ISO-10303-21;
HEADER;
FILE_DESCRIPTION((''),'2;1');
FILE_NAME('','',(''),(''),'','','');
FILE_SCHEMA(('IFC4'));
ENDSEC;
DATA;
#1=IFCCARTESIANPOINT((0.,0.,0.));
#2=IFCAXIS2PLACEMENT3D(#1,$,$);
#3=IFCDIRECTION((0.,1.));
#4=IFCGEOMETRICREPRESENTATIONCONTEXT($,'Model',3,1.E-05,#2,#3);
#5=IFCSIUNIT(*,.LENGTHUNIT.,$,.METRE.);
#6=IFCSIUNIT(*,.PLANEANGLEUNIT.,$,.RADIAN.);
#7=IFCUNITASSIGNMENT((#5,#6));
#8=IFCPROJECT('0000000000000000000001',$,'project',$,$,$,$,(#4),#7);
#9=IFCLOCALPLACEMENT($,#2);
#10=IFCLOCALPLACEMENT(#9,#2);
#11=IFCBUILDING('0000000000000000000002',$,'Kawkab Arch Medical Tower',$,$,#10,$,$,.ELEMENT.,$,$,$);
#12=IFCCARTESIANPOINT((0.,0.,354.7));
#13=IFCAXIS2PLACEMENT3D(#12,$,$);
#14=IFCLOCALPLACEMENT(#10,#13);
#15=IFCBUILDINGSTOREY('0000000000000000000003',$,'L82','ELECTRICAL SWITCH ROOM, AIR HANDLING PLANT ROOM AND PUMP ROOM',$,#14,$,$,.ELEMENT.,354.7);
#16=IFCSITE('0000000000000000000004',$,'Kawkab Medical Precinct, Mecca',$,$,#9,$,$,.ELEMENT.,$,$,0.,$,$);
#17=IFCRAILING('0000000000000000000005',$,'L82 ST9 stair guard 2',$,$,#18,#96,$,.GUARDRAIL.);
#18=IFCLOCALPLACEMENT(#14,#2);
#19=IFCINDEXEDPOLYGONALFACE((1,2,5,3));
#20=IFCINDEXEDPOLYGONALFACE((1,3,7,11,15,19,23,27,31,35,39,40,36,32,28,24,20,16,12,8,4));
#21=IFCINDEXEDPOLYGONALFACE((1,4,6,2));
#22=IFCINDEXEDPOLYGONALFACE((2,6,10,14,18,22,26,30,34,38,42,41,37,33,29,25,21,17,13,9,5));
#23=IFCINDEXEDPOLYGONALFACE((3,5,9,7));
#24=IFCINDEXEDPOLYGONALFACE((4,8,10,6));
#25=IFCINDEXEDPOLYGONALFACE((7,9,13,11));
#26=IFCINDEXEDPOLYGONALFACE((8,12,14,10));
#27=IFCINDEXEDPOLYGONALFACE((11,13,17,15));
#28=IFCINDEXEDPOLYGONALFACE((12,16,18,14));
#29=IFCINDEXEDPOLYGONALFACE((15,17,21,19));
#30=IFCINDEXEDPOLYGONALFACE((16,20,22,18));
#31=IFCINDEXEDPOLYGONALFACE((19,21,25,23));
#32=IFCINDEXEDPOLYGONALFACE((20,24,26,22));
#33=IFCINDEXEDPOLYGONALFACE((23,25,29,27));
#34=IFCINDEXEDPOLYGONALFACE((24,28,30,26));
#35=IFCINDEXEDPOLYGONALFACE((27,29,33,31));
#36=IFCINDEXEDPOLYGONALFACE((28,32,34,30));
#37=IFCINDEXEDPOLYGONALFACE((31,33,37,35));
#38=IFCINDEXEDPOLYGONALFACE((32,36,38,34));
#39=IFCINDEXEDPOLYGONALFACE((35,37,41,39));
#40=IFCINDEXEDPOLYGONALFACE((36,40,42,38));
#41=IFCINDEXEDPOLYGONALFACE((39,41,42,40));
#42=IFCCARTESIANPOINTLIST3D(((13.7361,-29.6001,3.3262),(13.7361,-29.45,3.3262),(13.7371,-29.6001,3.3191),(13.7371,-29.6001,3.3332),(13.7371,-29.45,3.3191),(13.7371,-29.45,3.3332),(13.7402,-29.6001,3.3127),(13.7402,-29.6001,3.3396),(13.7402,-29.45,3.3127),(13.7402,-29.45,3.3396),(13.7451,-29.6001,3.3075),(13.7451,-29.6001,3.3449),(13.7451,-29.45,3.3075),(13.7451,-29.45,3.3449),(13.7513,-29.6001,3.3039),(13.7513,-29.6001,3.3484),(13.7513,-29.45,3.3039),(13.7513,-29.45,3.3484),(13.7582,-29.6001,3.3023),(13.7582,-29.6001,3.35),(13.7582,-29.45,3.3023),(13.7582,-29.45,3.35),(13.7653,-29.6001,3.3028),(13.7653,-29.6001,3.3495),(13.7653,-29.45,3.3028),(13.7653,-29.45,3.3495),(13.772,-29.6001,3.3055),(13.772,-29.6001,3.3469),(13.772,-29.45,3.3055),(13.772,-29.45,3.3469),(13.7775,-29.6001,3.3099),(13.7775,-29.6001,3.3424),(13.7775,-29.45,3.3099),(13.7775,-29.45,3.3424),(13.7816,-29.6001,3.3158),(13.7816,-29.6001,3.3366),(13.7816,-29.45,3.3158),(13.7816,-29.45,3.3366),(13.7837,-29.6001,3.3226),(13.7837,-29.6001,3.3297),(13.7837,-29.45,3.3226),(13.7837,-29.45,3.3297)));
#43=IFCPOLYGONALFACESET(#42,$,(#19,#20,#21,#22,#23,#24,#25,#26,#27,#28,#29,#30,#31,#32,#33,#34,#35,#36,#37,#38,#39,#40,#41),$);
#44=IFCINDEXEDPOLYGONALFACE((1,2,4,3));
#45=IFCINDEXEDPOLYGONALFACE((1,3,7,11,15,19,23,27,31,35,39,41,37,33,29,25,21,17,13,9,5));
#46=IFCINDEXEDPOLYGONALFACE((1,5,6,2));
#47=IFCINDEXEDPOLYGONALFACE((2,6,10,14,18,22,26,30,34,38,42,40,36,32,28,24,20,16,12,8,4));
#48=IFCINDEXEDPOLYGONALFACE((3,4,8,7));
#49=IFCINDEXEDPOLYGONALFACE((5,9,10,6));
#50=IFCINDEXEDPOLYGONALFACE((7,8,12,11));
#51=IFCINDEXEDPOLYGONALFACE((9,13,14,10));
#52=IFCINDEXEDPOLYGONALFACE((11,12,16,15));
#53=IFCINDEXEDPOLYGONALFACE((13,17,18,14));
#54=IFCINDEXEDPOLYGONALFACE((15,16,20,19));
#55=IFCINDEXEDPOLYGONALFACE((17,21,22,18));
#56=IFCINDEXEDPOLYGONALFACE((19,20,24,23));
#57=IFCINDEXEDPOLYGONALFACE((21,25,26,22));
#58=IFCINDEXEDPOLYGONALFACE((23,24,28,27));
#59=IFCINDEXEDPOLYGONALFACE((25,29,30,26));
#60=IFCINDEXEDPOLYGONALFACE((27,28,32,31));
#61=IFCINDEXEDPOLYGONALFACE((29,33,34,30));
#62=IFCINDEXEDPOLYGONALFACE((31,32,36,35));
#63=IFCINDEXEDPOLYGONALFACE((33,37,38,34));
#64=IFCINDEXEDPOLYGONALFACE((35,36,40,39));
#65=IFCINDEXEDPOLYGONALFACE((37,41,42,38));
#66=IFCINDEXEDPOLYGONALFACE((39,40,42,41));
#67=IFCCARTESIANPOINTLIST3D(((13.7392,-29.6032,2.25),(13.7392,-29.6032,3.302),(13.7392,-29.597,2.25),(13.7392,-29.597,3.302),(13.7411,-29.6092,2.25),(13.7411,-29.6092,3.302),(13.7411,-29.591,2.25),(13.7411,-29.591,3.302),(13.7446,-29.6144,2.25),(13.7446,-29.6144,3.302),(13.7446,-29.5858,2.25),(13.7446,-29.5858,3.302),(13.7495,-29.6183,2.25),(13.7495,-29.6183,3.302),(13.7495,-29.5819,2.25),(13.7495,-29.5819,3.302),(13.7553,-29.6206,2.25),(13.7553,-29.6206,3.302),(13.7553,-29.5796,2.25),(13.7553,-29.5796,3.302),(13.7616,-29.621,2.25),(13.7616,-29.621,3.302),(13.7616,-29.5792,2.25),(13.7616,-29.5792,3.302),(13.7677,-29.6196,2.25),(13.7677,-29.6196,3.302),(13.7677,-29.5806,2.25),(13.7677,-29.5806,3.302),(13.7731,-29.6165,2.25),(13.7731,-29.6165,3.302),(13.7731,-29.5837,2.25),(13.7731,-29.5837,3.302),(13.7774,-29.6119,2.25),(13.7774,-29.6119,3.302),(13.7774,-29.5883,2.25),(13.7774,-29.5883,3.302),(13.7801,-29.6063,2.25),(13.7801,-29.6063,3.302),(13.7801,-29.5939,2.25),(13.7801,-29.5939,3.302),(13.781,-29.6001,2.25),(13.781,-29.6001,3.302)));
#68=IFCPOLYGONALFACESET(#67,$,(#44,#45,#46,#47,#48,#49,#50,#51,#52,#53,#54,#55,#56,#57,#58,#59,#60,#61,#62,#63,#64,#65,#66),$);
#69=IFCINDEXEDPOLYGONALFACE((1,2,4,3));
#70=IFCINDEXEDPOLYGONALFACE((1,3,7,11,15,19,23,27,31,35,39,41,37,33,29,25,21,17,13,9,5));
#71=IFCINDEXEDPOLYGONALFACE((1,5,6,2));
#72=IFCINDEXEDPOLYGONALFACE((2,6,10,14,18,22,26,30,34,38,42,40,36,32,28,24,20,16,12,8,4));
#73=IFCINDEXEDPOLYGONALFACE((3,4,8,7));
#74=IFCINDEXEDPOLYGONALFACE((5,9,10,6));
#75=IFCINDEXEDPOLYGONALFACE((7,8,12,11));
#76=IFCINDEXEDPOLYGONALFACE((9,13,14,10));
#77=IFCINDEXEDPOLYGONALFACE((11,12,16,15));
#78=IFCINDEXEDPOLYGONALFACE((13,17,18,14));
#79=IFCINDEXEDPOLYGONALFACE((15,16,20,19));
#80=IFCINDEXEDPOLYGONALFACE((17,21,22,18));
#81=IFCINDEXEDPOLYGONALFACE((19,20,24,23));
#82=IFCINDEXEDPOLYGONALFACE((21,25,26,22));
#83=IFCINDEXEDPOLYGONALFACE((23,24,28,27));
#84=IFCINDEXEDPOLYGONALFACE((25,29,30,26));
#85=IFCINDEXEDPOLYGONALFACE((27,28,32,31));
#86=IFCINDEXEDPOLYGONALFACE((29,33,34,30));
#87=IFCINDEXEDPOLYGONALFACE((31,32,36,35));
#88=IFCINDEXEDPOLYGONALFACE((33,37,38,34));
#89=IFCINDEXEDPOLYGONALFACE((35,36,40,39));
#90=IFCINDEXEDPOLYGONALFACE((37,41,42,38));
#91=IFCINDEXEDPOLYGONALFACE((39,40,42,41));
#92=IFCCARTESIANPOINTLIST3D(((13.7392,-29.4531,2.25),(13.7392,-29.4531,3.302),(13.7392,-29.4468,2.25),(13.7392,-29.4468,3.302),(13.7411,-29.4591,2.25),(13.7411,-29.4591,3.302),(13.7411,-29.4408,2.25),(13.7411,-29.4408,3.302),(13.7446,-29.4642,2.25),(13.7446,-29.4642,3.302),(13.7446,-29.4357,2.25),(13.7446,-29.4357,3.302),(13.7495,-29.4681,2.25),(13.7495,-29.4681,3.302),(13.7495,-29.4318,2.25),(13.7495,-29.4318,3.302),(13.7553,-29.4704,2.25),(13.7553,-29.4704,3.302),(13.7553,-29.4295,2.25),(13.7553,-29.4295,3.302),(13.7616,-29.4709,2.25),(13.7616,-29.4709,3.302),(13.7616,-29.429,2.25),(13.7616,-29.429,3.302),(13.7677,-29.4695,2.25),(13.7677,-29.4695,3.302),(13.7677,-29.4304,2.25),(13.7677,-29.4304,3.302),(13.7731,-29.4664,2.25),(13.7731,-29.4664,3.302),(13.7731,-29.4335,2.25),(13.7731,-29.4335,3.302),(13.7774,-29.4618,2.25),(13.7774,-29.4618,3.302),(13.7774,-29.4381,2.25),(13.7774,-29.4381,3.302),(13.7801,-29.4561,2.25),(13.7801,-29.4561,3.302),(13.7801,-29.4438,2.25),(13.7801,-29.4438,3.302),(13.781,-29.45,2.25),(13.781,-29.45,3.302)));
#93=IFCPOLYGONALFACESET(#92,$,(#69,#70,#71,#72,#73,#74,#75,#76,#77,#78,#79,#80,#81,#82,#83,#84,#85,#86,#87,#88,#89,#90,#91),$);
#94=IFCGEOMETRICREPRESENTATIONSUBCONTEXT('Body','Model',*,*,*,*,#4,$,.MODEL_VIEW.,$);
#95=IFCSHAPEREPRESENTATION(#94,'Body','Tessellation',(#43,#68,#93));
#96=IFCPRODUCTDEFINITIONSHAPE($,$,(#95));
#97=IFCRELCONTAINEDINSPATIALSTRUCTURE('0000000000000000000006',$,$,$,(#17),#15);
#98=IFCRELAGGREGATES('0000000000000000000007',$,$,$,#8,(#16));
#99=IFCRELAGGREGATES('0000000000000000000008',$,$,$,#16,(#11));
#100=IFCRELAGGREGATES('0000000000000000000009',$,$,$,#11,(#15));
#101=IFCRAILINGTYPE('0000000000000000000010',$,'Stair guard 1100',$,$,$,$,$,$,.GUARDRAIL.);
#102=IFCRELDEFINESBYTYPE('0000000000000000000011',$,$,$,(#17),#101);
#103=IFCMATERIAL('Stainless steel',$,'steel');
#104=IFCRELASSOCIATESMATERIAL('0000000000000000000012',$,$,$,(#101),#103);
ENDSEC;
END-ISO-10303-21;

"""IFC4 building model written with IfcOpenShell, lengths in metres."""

from ifc_helpers import new_model, si_unit, direction, frame, origin, origin_2d, place, context, subcontext, project, spatial, circle, extrude, material, type_object, element, save


model = new_model("IFC4")

# Units and contexts
model_context = context("Model", 3, precision=1e-05, world=origin(), true_north=direction((0.0, 1.0)))
body_context = subcontext(model_context, "Body", "Model", "MODEL_VIEW")
ifc_project = project(units=[si_unit("LENGTHUNIT", "METRE"), si_unit("PLANEANGLEUNIT", "RADIAN")], contexts=[model_context])

# Site, building, storey
site_placement = place(None, origin())
site = spatial("IfcSite", under=ifc_project, at=site_placement, Name="Kawkab Medical Precinct, Mecca", CompositionType="ELEMENT", RefElevation=0.0)
building_placement = place(site_placement, origin())
building = spatial("IfcBuilding", under=site, at=building_placement, Name="Kawkab Arch Medical Tower", CompositionType="ELEMENT")
storey_placement = place(building_placement, frame((0.0, 0.0, 354.7)))
storey = spatial("IfcBuildingStorey", under=building, at=storey_placement, Name="L82", Description="ELECTRICAL SWITCH ROOM, AIR HANDLING PLANT ROOM AND PUMP ROOM", CompositionType="ELEMENT", Elevation=354.7)

# Railing
ifc_material_1 = material(Name="Stainless steel", Category="steel")
railing_type = type_object("IfcRailingType", Name="Stair guard 1100", PredefinedType="GUARDRAIL", material=ifc_material_1)
railing_1_placement = place(storey_placement, frame((13.76, -29.6001, 2.25)))
element("IfcRailing", 1, at=railing_1_placement, inside=storey, type_object=railing_type, Name="L82 ST9 stair guard 2", PredefinedType="GUARDRAIL", context=body_context, shape_type="SweptSolid", body=[
    extrude(circle(Radius=0.0239, at=origin_2d()), frame((0.0, 0.0, 1.0762), z_axis=(0.0, 1.0, 0.0), x_axis=(-1.0, 0.0, 0.0)), (0.0, 0.0, 1.0), 0.1501),
    extrude(circle(Radius=0.021, at=origin_2d()), origin(), (0.0, 0.0, 1.0), 1.052),
    extrude(circle(Radius=0.021, at=origin_2d()), frame((0.0, 0.1501, 0.0)), (0.0, 0.0, 1.0), 1.052),
])

save(model, "model.ifc")
